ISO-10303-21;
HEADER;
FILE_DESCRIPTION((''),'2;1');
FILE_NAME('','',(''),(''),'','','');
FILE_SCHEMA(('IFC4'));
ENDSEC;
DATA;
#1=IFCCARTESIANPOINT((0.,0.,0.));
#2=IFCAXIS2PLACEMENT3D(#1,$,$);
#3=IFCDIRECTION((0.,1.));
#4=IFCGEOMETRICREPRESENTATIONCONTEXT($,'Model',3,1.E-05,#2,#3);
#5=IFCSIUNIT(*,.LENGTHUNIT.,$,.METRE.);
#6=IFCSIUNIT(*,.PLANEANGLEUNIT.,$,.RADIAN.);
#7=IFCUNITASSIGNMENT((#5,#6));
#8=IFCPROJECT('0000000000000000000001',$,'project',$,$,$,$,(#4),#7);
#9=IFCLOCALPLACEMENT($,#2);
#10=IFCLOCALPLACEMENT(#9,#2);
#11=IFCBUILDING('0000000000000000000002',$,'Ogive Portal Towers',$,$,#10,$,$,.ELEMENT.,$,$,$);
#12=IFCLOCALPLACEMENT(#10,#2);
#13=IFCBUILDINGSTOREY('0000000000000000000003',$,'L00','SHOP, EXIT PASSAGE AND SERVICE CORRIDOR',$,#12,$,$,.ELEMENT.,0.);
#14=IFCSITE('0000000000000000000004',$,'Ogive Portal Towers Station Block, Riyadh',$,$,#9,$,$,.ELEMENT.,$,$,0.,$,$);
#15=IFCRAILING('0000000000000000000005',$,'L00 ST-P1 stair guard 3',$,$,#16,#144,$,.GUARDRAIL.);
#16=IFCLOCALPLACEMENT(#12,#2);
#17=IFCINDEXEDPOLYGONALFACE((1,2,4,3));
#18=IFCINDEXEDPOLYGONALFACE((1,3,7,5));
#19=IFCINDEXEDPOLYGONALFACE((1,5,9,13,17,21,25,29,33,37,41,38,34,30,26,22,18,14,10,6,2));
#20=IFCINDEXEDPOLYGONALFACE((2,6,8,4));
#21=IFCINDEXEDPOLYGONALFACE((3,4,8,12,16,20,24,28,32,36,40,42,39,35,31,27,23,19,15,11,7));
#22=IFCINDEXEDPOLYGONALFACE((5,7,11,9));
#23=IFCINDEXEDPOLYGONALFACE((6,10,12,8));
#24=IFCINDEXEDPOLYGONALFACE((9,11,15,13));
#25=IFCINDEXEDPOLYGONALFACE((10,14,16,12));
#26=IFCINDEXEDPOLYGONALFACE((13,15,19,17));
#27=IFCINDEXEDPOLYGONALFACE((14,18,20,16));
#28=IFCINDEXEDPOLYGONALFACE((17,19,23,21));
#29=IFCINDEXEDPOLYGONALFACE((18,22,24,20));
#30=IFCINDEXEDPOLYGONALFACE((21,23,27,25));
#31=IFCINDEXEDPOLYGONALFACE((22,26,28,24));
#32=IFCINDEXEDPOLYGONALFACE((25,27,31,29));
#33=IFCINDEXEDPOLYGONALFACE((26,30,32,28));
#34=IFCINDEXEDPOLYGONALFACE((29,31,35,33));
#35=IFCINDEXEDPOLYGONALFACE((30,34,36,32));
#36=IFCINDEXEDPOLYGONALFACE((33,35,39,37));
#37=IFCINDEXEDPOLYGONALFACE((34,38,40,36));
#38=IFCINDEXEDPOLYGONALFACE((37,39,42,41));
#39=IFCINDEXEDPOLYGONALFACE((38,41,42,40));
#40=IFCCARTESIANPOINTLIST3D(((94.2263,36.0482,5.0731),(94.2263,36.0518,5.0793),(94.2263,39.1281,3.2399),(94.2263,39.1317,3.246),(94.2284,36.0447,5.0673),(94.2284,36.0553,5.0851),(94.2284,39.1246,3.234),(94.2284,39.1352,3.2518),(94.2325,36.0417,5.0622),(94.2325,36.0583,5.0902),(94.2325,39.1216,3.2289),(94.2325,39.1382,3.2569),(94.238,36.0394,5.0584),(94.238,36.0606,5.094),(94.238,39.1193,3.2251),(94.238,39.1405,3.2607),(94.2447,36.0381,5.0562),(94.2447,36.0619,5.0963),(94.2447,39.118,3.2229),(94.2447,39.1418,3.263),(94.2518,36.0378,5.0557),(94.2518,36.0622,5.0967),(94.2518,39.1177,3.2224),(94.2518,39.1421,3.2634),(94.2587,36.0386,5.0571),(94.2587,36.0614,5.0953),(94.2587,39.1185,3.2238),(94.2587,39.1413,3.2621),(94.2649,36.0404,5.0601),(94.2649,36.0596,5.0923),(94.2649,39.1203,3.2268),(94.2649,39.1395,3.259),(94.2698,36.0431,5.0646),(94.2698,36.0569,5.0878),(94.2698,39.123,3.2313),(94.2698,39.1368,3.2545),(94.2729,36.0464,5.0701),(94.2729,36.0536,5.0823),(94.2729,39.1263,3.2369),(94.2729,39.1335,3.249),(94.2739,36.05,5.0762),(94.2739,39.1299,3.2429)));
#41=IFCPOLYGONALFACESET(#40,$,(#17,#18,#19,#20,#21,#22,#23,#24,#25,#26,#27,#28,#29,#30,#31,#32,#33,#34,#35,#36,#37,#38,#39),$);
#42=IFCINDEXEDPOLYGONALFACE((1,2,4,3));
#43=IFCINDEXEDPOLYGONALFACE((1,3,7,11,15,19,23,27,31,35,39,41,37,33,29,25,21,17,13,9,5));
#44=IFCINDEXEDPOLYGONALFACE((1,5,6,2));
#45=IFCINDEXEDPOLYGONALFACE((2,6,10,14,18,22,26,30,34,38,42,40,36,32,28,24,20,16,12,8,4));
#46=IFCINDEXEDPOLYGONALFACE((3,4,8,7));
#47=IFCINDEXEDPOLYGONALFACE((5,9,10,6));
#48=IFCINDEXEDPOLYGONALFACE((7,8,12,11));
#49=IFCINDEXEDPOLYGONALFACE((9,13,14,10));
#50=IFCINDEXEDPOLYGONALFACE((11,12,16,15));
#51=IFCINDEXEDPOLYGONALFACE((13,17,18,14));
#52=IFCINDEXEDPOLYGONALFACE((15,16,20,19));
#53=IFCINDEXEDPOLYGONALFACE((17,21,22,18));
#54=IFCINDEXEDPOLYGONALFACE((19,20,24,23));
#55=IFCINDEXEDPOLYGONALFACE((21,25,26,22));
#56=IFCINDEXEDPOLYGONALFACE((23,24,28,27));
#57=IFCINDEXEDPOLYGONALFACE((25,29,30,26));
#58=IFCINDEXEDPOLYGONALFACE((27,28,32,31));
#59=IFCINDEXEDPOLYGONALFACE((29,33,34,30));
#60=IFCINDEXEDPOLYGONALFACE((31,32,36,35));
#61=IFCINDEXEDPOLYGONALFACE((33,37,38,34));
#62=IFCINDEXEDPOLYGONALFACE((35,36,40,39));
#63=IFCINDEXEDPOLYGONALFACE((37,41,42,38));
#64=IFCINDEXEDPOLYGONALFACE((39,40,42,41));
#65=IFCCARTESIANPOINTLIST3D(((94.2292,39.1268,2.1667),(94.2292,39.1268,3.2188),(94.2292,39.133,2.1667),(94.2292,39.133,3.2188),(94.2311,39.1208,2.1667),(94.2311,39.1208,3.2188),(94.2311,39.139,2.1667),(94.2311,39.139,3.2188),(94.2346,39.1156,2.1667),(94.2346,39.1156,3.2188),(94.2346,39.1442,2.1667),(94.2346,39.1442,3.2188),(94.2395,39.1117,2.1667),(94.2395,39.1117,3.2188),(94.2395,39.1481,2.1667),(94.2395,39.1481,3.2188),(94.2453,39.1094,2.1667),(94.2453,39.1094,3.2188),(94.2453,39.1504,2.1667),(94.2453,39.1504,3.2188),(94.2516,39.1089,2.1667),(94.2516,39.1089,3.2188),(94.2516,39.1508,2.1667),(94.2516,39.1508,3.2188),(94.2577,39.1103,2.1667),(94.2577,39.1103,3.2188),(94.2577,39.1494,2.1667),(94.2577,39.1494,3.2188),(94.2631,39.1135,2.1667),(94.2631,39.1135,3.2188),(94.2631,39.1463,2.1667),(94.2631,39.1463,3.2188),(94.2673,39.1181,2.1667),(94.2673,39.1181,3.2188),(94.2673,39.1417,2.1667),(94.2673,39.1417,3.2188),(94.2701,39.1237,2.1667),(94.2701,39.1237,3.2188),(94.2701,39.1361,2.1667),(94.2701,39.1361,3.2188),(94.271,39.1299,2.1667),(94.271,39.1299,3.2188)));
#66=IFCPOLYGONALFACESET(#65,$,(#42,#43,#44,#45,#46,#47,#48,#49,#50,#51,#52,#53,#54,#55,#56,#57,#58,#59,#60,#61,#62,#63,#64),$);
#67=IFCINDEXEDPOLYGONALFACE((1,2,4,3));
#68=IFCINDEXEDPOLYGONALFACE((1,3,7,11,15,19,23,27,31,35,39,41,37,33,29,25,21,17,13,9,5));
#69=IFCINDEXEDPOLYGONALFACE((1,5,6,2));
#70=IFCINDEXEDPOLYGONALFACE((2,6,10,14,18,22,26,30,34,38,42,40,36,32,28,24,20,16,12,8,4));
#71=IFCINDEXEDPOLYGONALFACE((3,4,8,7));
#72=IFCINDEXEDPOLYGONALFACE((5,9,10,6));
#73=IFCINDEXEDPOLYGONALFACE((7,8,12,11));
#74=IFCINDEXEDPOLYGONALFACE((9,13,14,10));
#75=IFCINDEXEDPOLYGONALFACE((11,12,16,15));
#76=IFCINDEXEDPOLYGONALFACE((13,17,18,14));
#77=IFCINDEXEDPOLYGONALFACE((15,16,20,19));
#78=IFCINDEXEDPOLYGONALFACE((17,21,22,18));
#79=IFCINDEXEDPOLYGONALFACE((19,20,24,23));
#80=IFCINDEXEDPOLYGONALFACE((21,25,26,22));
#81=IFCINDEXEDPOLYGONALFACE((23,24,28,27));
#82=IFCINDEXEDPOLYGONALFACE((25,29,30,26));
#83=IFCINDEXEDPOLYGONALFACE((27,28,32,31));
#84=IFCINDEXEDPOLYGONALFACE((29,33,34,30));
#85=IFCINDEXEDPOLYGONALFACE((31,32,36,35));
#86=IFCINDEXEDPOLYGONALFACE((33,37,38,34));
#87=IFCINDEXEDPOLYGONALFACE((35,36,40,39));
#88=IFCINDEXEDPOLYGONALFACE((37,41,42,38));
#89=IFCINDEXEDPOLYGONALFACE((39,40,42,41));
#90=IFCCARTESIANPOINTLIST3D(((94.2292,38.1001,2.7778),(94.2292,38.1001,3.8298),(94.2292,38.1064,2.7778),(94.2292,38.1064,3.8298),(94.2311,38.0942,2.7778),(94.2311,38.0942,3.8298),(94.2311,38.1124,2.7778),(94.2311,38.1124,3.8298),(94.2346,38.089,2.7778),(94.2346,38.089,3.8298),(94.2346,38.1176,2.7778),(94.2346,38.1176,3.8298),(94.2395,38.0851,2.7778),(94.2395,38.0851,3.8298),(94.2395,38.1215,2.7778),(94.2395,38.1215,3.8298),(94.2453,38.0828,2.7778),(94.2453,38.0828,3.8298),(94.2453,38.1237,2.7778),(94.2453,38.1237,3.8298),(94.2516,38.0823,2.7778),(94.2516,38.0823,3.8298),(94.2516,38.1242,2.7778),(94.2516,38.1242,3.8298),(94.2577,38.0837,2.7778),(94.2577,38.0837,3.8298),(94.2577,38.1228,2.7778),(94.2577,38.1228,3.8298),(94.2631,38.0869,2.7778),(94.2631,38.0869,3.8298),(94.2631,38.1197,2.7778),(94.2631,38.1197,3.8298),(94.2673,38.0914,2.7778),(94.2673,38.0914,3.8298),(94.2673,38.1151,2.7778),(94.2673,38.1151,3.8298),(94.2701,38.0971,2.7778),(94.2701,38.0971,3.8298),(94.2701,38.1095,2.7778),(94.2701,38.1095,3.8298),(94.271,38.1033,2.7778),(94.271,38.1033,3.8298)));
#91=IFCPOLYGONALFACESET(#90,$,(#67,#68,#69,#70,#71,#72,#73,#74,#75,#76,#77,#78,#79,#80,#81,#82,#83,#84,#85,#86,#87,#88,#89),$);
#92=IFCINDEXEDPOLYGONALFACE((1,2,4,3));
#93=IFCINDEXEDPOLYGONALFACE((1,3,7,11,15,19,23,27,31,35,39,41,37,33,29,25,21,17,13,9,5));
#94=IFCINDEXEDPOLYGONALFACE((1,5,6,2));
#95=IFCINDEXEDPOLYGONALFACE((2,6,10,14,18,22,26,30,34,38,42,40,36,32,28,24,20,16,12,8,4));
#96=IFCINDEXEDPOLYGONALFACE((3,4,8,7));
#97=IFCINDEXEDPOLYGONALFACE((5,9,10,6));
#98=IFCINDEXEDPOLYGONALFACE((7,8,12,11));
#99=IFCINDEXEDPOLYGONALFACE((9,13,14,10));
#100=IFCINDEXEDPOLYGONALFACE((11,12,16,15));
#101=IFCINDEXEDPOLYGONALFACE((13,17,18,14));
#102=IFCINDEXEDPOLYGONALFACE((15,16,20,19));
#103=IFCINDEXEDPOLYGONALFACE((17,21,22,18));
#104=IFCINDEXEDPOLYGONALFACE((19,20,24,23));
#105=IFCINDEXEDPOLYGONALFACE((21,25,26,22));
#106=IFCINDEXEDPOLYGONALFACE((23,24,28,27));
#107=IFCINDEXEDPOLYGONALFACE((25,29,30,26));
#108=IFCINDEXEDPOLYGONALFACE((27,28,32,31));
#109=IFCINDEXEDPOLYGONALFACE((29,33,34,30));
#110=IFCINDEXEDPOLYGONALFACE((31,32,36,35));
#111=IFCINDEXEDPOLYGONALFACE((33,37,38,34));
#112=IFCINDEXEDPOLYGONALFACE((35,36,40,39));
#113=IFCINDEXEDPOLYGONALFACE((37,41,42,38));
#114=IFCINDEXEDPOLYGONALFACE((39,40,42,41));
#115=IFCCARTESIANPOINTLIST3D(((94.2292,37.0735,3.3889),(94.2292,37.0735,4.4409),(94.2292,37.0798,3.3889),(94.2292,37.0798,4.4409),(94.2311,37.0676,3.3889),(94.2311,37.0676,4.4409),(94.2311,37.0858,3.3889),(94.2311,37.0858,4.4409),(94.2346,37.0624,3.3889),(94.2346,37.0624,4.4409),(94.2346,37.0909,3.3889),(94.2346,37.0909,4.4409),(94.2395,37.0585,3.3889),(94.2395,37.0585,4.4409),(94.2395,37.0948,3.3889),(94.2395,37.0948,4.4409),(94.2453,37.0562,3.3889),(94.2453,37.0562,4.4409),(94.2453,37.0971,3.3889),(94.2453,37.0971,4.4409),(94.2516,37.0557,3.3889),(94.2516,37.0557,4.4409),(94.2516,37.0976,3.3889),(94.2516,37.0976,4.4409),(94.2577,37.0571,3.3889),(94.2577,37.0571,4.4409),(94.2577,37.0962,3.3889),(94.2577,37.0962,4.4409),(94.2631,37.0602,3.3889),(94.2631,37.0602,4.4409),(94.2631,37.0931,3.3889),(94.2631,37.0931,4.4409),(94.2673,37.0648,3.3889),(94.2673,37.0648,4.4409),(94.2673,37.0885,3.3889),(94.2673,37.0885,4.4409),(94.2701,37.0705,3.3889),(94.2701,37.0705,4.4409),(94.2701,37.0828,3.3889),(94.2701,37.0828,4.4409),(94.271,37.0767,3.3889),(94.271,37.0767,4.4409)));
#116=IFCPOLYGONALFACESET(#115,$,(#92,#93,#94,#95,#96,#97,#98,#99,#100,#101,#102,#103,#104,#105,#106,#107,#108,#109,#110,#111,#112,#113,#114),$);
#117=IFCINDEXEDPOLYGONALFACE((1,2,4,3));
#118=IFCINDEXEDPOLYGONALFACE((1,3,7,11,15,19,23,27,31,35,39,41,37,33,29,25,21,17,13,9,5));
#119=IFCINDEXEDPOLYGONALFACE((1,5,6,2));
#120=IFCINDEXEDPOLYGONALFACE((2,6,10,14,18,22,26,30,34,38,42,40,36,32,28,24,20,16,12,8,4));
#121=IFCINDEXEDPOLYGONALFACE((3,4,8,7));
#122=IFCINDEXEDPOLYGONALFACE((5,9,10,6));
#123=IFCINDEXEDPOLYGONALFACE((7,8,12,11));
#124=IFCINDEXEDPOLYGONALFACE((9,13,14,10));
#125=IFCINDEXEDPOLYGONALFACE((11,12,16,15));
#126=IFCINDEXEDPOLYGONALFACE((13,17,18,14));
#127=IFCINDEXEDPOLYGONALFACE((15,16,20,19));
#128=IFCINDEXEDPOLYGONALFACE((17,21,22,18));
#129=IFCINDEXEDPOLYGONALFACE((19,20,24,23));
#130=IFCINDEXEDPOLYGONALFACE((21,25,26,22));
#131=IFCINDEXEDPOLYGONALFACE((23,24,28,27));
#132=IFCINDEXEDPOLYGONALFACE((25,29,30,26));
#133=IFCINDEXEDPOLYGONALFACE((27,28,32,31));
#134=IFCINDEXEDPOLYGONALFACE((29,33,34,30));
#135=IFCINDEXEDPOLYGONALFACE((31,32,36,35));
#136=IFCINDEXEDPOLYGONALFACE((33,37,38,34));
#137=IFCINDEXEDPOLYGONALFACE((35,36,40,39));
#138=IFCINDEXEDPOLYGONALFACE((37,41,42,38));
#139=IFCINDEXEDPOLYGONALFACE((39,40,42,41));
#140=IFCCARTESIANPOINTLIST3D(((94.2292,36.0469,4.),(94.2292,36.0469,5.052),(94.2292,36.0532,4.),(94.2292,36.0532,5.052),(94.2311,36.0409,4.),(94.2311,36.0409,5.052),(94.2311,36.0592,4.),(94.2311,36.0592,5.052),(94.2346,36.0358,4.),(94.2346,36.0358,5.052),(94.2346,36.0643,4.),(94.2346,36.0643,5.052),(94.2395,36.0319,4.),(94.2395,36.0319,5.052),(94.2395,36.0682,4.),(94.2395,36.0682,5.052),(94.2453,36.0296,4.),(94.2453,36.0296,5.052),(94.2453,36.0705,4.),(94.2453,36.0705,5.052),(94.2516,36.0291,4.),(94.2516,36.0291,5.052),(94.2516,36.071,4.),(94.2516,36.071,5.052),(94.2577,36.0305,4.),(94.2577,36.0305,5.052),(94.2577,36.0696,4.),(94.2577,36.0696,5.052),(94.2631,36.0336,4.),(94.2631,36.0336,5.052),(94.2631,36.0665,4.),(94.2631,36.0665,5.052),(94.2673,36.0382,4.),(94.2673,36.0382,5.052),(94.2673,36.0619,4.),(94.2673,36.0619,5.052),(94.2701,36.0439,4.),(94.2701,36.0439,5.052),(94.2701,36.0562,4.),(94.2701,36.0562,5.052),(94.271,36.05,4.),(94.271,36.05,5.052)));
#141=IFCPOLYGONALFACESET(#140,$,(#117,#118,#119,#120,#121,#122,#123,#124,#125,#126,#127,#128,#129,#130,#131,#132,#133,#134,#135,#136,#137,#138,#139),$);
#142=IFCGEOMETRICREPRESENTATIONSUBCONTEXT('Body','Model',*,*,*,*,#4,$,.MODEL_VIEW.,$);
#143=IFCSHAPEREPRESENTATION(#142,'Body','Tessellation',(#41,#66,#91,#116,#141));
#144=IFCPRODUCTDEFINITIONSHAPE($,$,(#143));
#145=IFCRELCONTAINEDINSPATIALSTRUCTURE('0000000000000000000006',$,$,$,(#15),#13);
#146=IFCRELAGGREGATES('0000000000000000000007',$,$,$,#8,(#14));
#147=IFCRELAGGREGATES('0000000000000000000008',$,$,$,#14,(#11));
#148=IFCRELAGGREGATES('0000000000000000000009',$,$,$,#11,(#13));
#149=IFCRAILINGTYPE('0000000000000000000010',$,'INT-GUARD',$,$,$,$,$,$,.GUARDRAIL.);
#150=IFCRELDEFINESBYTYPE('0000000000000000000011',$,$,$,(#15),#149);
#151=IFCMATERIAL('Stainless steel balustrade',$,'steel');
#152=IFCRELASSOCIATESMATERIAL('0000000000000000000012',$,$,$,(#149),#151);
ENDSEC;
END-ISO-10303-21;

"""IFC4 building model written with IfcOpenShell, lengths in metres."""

from ifc_helpers import new_model, si_unit, direction, frame, origin, origin_2d, place, context, subcontext, project, spatial, circle, extrude, material, type_object, element, save


model = new_model("IFC4")

# Units and contexts
model_context = context("Model", 3, precision=1e-05, world=origin(), true_north=direction((0.0, 1.0)))
body_context = subcontext(model_context, "Body", "Model", "MODEL_VIEW")
ifc_project = project(units=[si_unit("LENGTHUNIT", "METRE"), si_unit("PLANEANGLEUNIT", "RADIAN")], contexts=[model_context])

# Site, building, storey
site_placement = place(None, origin())
site = spatial("IfcSite", under=ifc_project, at=site_placement, Name="Ogive Portal Towers Station Block, Riyadh", CompositionType="ELEMENT", RefElevation=0.0)
building_placement = place(site_placement, origin())
building = spatial("IfcBuilding", under=site, at=building_placement, Name="Ogive Portal Towers", CompositionType="ELEMENT")
storey_placement = place(building_placement, origin())
storey = spatial("IfcBuildingStorey", under=building, at=storey_placement, Name="L00", Description="SHOP, EXIT PASSAGE AND SERVICE CORRIDOR", CompositionType="ELEMENT", Elevation=0.0)

# Railing
ifc_material_1 = material(Name="Stainless steel balustrade", Category="steel")
railing_type_1 = type_object("IfcRailingType", Name="INT-GUARD", PredefinedType="GUARDRAIL", material=ifc_material_1)
railing_1_placement = place(storey_placement, frame((94.25, 39.1299, 2.1667)))
element("IfcRailing", 1, at=railing_1_placement, inside=storey, type_object=railing_type_1, Name="L00 ST-P1 stair guard 3", PredefinedType="GUARDRAIL", context=body_context, shape_type="SweptSolid", body=[
    extrude(circle(Radius=0.0239, at=origin_2d()), frame((0.0, 0.0, 1.0762), z_axis=(0.0, -0.859291, 0.511487), x_axis=(1.0, 0.0, 0.0)), (0.0, 0.0, 1.0), 3.5842),
    extrude(circle(Radius=0.021, at=origin_2d()), origin(), (0.0, 0.0, 1.0), 1.052),
    extrude(circle(Radius=0.021, at=origin_2d()), frame((0.0, -1.0266, 0.6111)), (0.0, 0.0, 1.0), 1.052),
    extrude(circle(Radius=0.021, at=origin_2d()), frame((0.0, -2.0532, 1.2222)), (0.0, 0.0, 1.0), 1.052),
    extrude(circle(Radius=0.021, at=origin_2d()), frame((0.0, -3.0798, 1.8333)), (0.0, 0.0, 1.0), 1.052),
])

save(model, "model.ifc")
